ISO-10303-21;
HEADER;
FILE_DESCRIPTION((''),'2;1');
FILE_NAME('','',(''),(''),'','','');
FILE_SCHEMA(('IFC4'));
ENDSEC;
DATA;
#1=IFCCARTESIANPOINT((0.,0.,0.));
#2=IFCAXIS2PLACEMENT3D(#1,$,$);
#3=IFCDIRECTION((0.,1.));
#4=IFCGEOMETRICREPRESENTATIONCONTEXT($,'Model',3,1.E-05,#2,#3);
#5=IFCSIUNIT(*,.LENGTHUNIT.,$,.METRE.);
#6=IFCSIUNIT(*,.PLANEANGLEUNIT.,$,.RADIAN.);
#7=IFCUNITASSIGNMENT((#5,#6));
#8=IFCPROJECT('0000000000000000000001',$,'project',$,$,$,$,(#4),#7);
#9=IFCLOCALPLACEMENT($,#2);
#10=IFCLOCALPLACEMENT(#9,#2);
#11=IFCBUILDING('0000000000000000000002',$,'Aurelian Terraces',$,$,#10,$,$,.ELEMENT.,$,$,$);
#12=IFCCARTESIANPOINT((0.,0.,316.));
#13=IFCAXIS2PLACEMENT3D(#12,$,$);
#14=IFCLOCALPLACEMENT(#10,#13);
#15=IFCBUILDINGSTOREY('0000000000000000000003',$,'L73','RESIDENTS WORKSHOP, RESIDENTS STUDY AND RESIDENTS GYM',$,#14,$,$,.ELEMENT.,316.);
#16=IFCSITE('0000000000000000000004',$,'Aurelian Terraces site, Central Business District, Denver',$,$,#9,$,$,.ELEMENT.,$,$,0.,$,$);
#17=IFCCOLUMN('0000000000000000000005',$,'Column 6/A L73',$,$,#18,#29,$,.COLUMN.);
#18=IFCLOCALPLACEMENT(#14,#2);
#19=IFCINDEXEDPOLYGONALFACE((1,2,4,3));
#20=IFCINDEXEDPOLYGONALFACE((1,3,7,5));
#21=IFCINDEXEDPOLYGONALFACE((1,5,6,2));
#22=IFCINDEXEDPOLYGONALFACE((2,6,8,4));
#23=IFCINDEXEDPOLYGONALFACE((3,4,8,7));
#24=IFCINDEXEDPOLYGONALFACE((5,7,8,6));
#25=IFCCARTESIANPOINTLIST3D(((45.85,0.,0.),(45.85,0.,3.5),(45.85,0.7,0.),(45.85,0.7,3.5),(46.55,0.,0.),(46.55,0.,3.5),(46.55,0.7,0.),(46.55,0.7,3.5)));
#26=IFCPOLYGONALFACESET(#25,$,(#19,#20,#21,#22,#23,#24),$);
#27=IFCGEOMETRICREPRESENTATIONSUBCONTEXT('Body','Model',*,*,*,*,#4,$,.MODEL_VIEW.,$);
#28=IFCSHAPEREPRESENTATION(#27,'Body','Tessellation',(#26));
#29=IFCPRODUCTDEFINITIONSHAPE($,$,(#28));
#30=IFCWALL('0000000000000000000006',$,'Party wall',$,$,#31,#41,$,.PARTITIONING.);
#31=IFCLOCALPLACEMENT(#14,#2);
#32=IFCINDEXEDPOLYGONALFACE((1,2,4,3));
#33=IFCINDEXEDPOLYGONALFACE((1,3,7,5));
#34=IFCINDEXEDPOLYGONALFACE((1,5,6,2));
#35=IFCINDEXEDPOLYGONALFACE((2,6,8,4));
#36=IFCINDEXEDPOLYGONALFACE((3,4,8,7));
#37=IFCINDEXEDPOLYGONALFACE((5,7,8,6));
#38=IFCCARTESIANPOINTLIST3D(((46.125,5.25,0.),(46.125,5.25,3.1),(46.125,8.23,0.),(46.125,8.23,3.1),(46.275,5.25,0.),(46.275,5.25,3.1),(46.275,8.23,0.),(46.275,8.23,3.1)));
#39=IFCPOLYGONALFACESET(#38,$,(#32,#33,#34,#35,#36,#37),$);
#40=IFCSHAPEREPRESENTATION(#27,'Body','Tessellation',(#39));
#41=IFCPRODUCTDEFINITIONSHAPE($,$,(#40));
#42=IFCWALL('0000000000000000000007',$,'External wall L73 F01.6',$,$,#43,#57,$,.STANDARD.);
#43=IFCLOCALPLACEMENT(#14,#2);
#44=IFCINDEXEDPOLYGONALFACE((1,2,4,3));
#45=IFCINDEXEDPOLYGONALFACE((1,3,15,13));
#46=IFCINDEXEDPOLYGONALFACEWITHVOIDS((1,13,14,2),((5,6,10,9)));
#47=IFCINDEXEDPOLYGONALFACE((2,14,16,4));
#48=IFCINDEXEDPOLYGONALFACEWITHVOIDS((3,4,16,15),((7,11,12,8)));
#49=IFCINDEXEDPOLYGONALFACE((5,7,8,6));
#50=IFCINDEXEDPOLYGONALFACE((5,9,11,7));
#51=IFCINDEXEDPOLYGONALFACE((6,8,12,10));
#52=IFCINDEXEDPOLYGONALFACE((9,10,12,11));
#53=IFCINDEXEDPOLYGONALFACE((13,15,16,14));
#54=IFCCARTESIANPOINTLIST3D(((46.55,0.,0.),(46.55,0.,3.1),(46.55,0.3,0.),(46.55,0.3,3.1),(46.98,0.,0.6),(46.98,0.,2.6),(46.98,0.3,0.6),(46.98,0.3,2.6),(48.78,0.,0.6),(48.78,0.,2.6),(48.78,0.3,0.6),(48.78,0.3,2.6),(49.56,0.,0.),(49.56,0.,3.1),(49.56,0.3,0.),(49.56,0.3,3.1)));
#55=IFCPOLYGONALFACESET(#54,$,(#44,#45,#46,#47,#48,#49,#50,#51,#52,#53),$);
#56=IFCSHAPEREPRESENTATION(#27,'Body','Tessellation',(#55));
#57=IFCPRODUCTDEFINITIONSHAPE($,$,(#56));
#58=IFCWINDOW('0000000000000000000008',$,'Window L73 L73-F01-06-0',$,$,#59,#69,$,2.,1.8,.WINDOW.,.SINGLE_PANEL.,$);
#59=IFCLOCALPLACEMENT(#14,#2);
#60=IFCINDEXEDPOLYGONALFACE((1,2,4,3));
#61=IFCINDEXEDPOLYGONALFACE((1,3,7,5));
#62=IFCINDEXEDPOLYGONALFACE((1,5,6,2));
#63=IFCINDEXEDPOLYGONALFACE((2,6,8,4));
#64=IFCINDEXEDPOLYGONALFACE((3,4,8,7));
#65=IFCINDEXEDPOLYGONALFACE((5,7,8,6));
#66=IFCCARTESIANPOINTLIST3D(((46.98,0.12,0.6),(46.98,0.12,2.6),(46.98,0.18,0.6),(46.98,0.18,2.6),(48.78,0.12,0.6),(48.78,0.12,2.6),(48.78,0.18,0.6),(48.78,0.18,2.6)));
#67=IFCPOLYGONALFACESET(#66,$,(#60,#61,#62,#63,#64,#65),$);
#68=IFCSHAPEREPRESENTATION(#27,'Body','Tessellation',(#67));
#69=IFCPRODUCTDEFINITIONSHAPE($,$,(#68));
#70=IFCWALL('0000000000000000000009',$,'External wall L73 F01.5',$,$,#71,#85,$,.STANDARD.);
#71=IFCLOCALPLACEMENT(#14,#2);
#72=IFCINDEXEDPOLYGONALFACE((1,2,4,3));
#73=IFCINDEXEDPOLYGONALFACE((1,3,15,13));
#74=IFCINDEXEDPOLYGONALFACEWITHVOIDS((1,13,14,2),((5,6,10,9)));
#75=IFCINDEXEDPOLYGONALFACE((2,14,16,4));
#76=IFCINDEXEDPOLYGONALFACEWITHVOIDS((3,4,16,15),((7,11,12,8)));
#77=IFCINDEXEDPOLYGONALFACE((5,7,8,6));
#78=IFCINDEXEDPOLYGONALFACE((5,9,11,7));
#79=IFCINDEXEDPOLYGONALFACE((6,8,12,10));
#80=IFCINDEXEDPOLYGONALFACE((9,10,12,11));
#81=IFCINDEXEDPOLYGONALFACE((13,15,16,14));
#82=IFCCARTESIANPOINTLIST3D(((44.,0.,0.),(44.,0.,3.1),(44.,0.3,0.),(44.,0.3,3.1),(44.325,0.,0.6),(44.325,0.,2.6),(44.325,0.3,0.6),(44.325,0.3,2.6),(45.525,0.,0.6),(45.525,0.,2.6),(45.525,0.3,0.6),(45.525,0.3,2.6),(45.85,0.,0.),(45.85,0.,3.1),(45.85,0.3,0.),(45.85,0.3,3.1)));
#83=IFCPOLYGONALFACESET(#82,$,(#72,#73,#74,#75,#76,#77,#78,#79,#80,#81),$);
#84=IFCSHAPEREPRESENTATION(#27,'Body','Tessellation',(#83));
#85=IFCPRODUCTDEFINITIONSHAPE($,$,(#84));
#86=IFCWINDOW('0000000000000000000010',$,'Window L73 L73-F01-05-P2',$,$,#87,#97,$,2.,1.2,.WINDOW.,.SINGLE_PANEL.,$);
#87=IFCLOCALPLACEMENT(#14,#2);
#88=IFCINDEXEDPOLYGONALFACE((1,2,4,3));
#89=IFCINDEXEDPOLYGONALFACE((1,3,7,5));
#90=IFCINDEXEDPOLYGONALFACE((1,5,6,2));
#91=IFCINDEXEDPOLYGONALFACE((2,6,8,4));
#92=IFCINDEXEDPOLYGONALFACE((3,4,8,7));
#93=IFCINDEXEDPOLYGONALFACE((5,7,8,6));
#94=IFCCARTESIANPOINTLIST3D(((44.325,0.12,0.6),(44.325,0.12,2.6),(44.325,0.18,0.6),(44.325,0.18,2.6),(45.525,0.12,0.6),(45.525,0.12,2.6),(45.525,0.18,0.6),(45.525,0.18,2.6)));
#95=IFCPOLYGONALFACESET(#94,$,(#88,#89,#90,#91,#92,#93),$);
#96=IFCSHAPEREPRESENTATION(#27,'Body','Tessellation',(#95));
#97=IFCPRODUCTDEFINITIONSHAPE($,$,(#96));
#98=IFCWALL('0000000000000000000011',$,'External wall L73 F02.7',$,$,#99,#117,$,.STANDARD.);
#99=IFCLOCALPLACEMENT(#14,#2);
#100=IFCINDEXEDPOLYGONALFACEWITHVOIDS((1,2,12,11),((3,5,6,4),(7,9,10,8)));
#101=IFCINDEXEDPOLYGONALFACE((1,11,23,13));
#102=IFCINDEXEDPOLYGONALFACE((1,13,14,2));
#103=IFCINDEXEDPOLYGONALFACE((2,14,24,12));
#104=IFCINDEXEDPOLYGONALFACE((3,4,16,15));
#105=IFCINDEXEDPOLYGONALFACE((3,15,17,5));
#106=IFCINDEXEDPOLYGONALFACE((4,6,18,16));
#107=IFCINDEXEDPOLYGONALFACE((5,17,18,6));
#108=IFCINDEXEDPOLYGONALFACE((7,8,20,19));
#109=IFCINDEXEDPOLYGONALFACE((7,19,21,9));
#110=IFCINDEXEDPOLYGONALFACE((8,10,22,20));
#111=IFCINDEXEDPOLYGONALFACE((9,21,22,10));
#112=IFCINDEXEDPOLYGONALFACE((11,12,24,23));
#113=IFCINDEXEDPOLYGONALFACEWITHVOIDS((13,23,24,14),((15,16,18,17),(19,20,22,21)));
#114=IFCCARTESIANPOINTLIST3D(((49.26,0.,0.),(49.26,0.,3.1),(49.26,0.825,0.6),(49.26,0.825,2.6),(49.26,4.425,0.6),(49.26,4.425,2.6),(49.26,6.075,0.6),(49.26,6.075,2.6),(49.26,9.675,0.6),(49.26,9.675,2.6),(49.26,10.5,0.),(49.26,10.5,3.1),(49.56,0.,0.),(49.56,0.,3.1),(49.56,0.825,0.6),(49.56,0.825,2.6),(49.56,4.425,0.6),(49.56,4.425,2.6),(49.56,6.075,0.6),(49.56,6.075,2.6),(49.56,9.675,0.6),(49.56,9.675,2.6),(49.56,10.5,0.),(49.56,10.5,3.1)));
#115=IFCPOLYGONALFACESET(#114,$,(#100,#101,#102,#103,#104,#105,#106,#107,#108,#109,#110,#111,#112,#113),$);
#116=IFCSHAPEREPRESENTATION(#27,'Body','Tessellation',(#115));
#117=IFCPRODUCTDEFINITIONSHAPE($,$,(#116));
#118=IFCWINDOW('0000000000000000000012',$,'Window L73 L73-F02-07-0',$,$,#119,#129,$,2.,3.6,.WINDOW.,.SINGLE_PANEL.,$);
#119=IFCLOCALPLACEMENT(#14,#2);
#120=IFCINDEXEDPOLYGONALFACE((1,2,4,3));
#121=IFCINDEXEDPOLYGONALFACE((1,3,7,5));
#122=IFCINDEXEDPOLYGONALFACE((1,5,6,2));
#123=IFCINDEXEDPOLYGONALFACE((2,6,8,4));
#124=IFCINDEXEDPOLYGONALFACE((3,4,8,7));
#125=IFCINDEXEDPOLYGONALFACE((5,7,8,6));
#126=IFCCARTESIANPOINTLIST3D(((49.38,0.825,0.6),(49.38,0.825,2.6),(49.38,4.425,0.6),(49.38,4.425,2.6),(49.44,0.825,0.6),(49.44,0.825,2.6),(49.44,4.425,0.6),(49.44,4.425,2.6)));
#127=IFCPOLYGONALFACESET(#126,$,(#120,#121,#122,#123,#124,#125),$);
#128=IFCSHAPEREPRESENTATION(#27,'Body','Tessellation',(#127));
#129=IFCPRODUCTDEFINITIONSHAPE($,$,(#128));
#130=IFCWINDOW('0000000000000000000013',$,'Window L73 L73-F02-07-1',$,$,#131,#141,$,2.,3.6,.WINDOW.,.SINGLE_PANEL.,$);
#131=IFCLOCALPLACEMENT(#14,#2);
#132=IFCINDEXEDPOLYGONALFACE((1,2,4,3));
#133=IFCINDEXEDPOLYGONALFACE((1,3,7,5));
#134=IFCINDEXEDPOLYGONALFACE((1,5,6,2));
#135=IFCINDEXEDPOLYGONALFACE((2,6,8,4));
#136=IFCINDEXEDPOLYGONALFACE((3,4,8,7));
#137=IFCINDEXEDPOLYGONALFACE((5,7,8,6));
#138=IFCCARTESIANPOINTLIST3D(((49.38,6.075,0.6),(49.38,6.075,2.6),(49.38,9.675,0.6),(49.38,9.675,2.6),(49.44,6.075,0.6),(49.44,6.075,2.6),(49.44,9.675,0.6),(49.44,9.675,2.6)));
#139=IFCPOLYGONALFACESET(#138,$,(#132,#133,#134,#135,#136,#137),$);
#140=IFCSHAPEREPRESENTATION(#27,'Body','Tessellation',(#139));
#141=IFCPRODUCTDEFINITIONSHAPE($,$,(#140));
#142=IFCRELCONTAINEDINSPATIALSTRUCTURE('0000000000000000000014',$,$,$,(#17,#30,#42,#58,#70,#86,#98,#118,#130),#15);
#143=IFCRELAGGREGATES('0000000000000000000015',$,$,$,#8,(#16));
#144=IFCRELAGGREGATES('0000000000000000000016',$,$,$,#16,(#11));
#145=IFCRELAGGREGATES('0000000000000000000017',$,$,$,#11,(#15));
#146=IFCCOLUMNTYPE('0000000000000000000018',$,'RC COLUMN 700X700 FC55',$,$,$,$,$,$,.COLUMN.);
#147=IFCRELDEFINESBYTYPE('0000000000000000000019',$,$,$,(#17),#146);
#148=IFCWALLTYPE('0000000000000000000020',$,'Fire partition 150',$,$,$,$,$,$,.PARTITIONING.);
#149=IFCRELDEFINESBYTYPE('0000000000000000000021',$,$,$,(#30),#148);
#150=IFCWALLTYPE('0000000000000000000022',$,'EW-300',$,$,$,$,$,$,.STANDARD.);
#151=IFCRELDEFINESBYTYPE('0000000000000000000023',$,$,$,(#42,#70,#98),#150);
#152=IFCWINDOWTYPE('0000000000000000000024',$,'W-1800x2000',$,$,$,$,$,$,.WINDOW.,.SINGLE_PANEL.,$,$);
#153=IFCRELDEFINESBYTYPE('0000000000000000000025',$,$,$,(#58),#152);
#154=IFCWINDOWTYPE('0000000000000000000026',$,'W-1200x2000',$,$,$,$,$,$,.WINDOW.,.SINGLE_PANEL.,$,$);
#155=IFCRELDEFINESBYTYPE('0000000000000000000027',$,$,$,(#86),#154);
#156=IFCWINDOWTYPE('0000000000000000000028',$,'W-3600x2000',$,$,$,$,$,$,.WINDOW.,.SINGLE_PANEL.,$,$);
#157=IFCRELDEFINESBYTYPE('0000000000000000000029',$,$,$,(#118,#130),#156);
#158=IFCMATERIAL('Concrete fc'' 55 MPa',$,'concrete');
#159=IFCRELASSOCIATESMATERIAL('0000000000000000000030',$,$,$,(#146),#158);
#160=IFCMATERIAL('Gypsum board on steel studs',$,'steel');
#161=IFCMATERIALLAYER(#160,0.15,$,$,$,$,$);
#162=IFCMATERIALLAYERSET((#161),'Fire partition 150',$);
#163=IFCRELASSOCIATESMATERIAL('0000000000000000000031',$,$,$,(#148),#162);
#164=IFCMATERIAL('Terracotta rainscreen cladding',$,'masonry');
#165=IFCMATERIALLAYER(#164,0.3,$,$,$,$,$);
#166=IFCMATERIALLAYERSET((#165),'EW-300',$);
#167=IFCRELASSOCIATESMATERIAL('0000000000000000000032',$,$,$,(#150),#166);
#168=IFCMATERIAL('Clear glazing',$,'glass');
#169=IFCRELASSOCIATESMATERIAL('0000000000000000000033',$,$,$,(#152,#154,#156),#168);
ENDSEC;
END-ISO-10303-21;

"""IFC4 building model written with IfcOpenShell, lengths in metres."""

from ifc_helpers import new_model, si_unit, direction, frame, frame_2d, origin, origin_2d, place, context, subcontext, project, spatial, rectangle, extrude, source, transform, mapped, material, layer, layer_set, material_profile, profile_set, type_object, element, fill, save


model = new_model("IFC4")

# Units and contexts
model_context = context("Model", 3, precision=1e-05, world=origin(), true_north=direction((0.0, 1.0)))
body_context = subcontext(model_context, "Body", "Model", "MODEL_VIEW")
ifc_project = project(units=[si_unit("LENGTHUNIT", "METRE"), si_unit("PLANEANGLEUNIT", "RADIAN")], contexts=[model_context])

# Site, building, storey
site_placement = place(None, origin())
site = spatial("IfcSite", under=ifc_project, at=site_placement, Name="Aurelian Terraces site, Central Business District, Denver", CompositionType="ELEMENT", RefElevation=0.0)
building_placement = place(site_placement, origin())
building = spatial("IfcBuilding", under=site, at=building_placement, Name="Aurelian Terraces", CompositionType="ELEMENT")
storey_placement = place(building_placement, frame((0.0, 0.0, 316.0)))
storey = spatial("IfcBuildingStorey", under=building, at=storey_placement, Name="L73", Description="RESIDENTS WORKSHOP, RESIDENTS STUDY AND RESIDENTS GYM", CompositionType="ELEMENT", Elevation=316.0)

# Column
ifc_material_1 = material(Name="Concrete fc' 55 MPa", Category="concrete")
ifc_material_profile = material_profile(ifc_material_1, rectangle(XDim=0.7, YDim=0.7, at=origin_2d()))
ifc_profile_set = profile_set([ifc_material_profile], Name="Concrete fc' 55 MPa")
column_type = type_object("IfcColumnType", Name="RC COLUMN 700X700 FC55", PredefinedType="COLUMN", material=ifc_profile_set)
shared_shape_1 = source(origin(), body_context, "Body", "SweptSolid", [
    extrude(rectangle(XDim=0.7, YDim=0.7, at=origin_2d()), origin(), (0.0, 0.0, 1.0), 3.5),
])
column_placement = place(storey_placement, frame((46.2, 0.35, 0.0), z_axis=(0.0, 0.0, 1.0), x_axis=(1.0, 0.0, 0.0)))
element("IfcColumn", 1, at=column_placement, inside=storey, type_object=column_type, Name="Column 6/A L73", PredefinedType="COLUMN", context=body_context, shape_type="MappedRepresentation", body=[
    mapped(shared_shape_1, transform((0.0, 0.0, 0.0), scale=1.0)),
])

# Wall
ifc_material_2 = material(Name="Gypsum board on steel studs", Category="steel")
ifc_layer_1 = layer(ifc_material_2, 0.15)
ifc_layer_set_1 = layer_set([ifc_layer_1], Name="Fire partition 150")
wall_type_1 = type_object("IfcWallType", Name="Fire partition 150", PredefinedType="PARTITIONING", material=ifc_layer_set_1)
wall_1_placement = place(storey_placement, frame((46.2, 5.25, 0.0), z_axis=(0.0, 0.0, 1.0), x_axis=(0.0, 1.0, 0.0)))
element("IfcWall", 2, at=wall_1_placement, inside=storey, type_object=wall_type_1, Name="Party wall", PredefinedType="PARTITIONING", context=body_context, shape_type="SweptSolid", body=[
    extrude(rectangle(XDim=2.98, YDim=0.15, at=frame_2d((1.49, 0.0))), origin(), (0.0, 0.0, 1.0), 3.1),
])

# Walls, openings, windows
ifc_material_3 = material(Name="Terracotta rainscreen cladding", Category="masonry")
ifc_layer_2 = layer(ifc_material_3, 0.3)
ifc_layer_set_2 = layer_set([ifc_layer_2], Name="EW-300")
wall_type_2 = type_object("IfcWallType", Name="EW-300", PredefinedType="STANDARD", material=ifc_layer_set_2)
shared_shape_2 = source(origin(), body_context, "Body", "SweptSolid", [
    extrude(rectangle(XDim=3.01, YDim=0.3, at=frame_2d((1.505, 0.0))), origin(), (0.0, 0.0, 1.0), 3.1),
])
wall_2_placement = place(storey_placement, frame((46.55, 0.15, 0.0), z_axis=(0.0, 0.0, 1.0), x_axis=(1.0, 0.0, 0.0)))
wall_2 = element("IfcWall", 3, at=wall_2_placement, inside=storey, type_object=wall_type_2, Name="External wall L73 F01.6", PredefinedType="STANDARD", context=body_context, shape_type="MappedRepresentation", body=[
    mapped(shared_shape_2, transform((0.0, 0.0, 0.0), scale=1.0)),
])
shared_shape_3 = source(origin(), body_context, "Body", "SweptSolid", [
    extrude(rectangle(XDim=1.8, YDim=2.0, at=frame_2d((0.9, 1.0))), frame((0.0, 0.16, 0.0), z_axis=(0.0, -1.0, 0.0), x_axis=(1.0, 0.0, 0.0)), (0.0, 0.0, 1.0), 0.32),
])
opening_1_placement = place(wall_2_placement, frame((0.43, 0.0, 0.6)))
opening_1 = element("IfcOpeningElement", 4, at=opening_1_placement, cuts=wall_2, PredefinedType="OPENING", context=body_context, shape_type="MappedRepresentation", body=[
    mapped(shared_shape_3, transform((0.0, 0.0, 0.0), scale=1.0)),
])
ifc_material_4 = material(Name="Clear glazing", Category="glass")
window_type_1 = type_object("IfcWindowType", Name="W-1800x2000", PartitioningType="SINGLE_PANEL", PredefinedType="WINDOW", material=ifc_material_4)
shared_shape_4 = source(origin(), body_context, "Body", "SweptSolid", [
    extrude(rectangle(XDim=1.8, YDim=2.0, at=frame_2d((0.9, 1.0))), frame((0.0, 0.03, 0.0), z_axis=(0.0, -1.0, 0.0), x_axis=(1.0, 0.0, 0.0)), (0.0, 0.0, 1.0), 0.06),
])
window_1_placement = place(opening_1_placement, origin())
window_1 = element("IfcWindow", 5, at=window_1_placement, inside=storey, type_object=window_type_1, Name="Window L73 L73-F01-06-0", OverallHeight=2.0, OverallWidth=1.8, PartitioningType="SINGLE_PANEL", PredefinedType="WINDOW", context=body_context, shape_type="MappedRepresentation", body=[
    mapped(shared_shape_4, transform((0.0, 0.0, 0.0), scale=1.0)),
])
fill(opening_1, window_1)
shared_shape_5 = source(origin(), body_context, "Body", "SweptSolid", [
    extrude(rectangle(XDim=1.85, YDim=0.3, at=frame_2d((0.925, 0.0))), origin(), (0.0, 0.0, 1.0), 3.1),
])
wall_3_placement = place(storey_placement, frame((44.0, 0.15, 0.0), z_axis=(0.0, 0.0, 1.0), x_axis=(1.0, 0.0, 0.0)))
wall_3 = element("IfcWall", 6, at=wall_3_placement, inside=storey, type_object=wall_type_2, Name="External wall L73 F01.5", PredefinedType="STANDARD", context=body_context, shape_type="MappedRepresentation", body=[
    mapped(shared_shape_5, transform((0.0, 0.0, 0.0), scale=1.0)),
])
shared_shape_6 = source(origin(), body_context, "Body", "SweptSolid", [
    extrude(rectangle(XDim=1.2, YDim=2.0, at=frame_2d((0.6, 1.0))), frame((0.0, 0.16, 0.0), z_axis=(0.0, -1.0, 0.0), x_axis=(1.0, 0.0, 0.0)), (0.0, 0.0, 1.0), 0.32),
])
opening_2_placement = place(wall_3_placement, frame((0.325, 0.0, 0.6)))
opening_2 = element("IfcOpeningElement", 7, at=opening_2_placement, cuts=wall_3, PredefinedType="OPENING", context=body_context, shape_type="MappedRepresentation", body=[
    mapped(shared_shape_6, transform((0.0, 0.0, 0.0), scale=1.0)),
])
window_type_2 = type_object("IfcWindowType", Name="W-1200x2000", PartitioningType="SINGLE_PANEL", PredefinedType="WINDOW", material=ifc_material_4)
shared_shape_7 = source(origin(), body_context, "Body", "SweptSolid", [
    extrude(rectangle(XDim=1.2, YDim=2.0, at=frame_2d((0.6, 1.0))), frame((0.0, 0.03, 0.0), z_axis=(0.0, -1.0, 0.0), x_axis=(1.0, 0.0, 0.0)), (0.0, 0.0, 1.0), 0.06),
])
window_2_placement = place(opening_2_placement, origin())
window_2 = element("IfcWindow", 8, at=window_2_placement, inside=storey, type_object=window_type_2, Name="Window L73 L73-F01-05-P2", OverallHeight=2.0, OverallWidth=1.2, PartitioningType="SINGLE_PANEL", PredefinedType="WINDOW", context=body_context, shape_type="MappedRepresentation", body=[
    mapped(shared_shape_7, transform((0.0, 0.0, 0.0), scale=1.0)),
])
fill(opening_2, window_2)

# Wall, openings, windows
shared_shape_8 = source(origin(), body_context, "Body", "SweptSolid", [
    extrude(rectangle(XDim=10.5, YDim=0.3, at=frame_2d((5.25, 0.0))), origin(), (0.0, 0.0, 1.0), 3.1),
])
wall_4_placement = place(storey_placement, frame((49.41, 0.0, 0.0), z_axis=(0.0, 0.0, 1.0), x_axis=(0.0, 1.0, 0.0)))
wall_4 = element("IfcWall", 9, at=wall_4_placement, inside=storey, type_object=wall_type_2, Name="External wall L73 F02.7", PredefinedType="STANDARD", context=body_context, shape_type="MappedRepresentation", body=[
    mapped(shared_shape_8, transform((0.0, 0.0, 0.0), scale=1.0)),
])
shared_shape_9 = source(origin(), body_context, "Body", "SweptSolid", [
    extrude(rectangle(XDim=3.6, YDim=2.0, at=frame_2d((1.8, 1.0))), frame((0.0, 0.16, 0.0), z_axis=(0.0, -1.0, 0.0), x_axis=(1.0, 0.0, 0.0)), (0.0, 0.0, 1.0), 0.32),
])
opening_3_placement = place(wall_4_placement, frame((0.825, 0.0, 0.6)))
opening_3 = element("IfcOpeningElement", 10, at=opening_3_placement, cuts=wall_4, PredefinedType="OPENING", context=body_context, shape_type="MappedRepresentation", body=[
    mapped(shared_shape_9, transform((0.0, 0.0, 0.0), scale=1.0)),
])
opening_4_placement = place(wall_4_placement, frame((6.075, 0.0, 0.6)))
opening_4 = element("IfcOpeningElement", 11, at=opening_4_placement, cuts=wall_4, PredefinedType="OPENING", context=body_context, shape_type="MappedRepresentation", body=[
    mapped(shared_shape_9, transform((0.0, 0.0, 0.0), scale=1.0)),
])
window_type_3 = type_object("IfcWindowType", Name="W-3600x2000", PartitioningType="SINGLE_PANEL", PredefinedType="WINDOW", material=ifc_material_4)
shared_shape_10 = source(origin(), body_context, "Body", "SweptSolid", [
    extrude(rectangle(XDim=3.6, YDim=2.0, at=frame_2d((1.8, 1.0))), frame((0.0, 0.03, 0.0), z_axis=(0.0, -1.0, 0.0), x_axis=(1.0, 0.0, 0.0)), (0.0, 0.0, 1.0), 0.06),
])
window_3_placement = place(opening_3_placement, origin())
window_3 = element("IfcWindow", 12, at=window_3_placement, inside=storey, type_object=window_type_3, Name="Window L73 L73-F02-07-0", OverallHeight=2.0, OverallWidth=3.6, PartitioningType="SINGLE_PANEL", PredefinedType="WINDOW", context=body_context, shape_type="MappedRepresentation", body=[
    mapped(shared_shape_10, transform((0.0, 0.0, 0.0), scale=1.0)),
])
fill(opening_3, window_3)
window_4_placement = place(opening_4_placement, origin())
window_4 = element("IfcWindow", 13, at=window_4_placement, inside=storey, type_object=window_type_3, Name="Window L73 L73-F02-07-1", OverallHeight=2.0, OverallWidth=3.6, PartitioningType="SINGLE_PANEL", PredefinedType="WINDOW", context=body_context, shape_type="MappedRepresentation", body=[
    mapped(shared_shape_10, transform((0.0, 0.0, 0.0), scale=1.0)),
])
fill(opening_4, window_4)

save(model, "model.ifc")
